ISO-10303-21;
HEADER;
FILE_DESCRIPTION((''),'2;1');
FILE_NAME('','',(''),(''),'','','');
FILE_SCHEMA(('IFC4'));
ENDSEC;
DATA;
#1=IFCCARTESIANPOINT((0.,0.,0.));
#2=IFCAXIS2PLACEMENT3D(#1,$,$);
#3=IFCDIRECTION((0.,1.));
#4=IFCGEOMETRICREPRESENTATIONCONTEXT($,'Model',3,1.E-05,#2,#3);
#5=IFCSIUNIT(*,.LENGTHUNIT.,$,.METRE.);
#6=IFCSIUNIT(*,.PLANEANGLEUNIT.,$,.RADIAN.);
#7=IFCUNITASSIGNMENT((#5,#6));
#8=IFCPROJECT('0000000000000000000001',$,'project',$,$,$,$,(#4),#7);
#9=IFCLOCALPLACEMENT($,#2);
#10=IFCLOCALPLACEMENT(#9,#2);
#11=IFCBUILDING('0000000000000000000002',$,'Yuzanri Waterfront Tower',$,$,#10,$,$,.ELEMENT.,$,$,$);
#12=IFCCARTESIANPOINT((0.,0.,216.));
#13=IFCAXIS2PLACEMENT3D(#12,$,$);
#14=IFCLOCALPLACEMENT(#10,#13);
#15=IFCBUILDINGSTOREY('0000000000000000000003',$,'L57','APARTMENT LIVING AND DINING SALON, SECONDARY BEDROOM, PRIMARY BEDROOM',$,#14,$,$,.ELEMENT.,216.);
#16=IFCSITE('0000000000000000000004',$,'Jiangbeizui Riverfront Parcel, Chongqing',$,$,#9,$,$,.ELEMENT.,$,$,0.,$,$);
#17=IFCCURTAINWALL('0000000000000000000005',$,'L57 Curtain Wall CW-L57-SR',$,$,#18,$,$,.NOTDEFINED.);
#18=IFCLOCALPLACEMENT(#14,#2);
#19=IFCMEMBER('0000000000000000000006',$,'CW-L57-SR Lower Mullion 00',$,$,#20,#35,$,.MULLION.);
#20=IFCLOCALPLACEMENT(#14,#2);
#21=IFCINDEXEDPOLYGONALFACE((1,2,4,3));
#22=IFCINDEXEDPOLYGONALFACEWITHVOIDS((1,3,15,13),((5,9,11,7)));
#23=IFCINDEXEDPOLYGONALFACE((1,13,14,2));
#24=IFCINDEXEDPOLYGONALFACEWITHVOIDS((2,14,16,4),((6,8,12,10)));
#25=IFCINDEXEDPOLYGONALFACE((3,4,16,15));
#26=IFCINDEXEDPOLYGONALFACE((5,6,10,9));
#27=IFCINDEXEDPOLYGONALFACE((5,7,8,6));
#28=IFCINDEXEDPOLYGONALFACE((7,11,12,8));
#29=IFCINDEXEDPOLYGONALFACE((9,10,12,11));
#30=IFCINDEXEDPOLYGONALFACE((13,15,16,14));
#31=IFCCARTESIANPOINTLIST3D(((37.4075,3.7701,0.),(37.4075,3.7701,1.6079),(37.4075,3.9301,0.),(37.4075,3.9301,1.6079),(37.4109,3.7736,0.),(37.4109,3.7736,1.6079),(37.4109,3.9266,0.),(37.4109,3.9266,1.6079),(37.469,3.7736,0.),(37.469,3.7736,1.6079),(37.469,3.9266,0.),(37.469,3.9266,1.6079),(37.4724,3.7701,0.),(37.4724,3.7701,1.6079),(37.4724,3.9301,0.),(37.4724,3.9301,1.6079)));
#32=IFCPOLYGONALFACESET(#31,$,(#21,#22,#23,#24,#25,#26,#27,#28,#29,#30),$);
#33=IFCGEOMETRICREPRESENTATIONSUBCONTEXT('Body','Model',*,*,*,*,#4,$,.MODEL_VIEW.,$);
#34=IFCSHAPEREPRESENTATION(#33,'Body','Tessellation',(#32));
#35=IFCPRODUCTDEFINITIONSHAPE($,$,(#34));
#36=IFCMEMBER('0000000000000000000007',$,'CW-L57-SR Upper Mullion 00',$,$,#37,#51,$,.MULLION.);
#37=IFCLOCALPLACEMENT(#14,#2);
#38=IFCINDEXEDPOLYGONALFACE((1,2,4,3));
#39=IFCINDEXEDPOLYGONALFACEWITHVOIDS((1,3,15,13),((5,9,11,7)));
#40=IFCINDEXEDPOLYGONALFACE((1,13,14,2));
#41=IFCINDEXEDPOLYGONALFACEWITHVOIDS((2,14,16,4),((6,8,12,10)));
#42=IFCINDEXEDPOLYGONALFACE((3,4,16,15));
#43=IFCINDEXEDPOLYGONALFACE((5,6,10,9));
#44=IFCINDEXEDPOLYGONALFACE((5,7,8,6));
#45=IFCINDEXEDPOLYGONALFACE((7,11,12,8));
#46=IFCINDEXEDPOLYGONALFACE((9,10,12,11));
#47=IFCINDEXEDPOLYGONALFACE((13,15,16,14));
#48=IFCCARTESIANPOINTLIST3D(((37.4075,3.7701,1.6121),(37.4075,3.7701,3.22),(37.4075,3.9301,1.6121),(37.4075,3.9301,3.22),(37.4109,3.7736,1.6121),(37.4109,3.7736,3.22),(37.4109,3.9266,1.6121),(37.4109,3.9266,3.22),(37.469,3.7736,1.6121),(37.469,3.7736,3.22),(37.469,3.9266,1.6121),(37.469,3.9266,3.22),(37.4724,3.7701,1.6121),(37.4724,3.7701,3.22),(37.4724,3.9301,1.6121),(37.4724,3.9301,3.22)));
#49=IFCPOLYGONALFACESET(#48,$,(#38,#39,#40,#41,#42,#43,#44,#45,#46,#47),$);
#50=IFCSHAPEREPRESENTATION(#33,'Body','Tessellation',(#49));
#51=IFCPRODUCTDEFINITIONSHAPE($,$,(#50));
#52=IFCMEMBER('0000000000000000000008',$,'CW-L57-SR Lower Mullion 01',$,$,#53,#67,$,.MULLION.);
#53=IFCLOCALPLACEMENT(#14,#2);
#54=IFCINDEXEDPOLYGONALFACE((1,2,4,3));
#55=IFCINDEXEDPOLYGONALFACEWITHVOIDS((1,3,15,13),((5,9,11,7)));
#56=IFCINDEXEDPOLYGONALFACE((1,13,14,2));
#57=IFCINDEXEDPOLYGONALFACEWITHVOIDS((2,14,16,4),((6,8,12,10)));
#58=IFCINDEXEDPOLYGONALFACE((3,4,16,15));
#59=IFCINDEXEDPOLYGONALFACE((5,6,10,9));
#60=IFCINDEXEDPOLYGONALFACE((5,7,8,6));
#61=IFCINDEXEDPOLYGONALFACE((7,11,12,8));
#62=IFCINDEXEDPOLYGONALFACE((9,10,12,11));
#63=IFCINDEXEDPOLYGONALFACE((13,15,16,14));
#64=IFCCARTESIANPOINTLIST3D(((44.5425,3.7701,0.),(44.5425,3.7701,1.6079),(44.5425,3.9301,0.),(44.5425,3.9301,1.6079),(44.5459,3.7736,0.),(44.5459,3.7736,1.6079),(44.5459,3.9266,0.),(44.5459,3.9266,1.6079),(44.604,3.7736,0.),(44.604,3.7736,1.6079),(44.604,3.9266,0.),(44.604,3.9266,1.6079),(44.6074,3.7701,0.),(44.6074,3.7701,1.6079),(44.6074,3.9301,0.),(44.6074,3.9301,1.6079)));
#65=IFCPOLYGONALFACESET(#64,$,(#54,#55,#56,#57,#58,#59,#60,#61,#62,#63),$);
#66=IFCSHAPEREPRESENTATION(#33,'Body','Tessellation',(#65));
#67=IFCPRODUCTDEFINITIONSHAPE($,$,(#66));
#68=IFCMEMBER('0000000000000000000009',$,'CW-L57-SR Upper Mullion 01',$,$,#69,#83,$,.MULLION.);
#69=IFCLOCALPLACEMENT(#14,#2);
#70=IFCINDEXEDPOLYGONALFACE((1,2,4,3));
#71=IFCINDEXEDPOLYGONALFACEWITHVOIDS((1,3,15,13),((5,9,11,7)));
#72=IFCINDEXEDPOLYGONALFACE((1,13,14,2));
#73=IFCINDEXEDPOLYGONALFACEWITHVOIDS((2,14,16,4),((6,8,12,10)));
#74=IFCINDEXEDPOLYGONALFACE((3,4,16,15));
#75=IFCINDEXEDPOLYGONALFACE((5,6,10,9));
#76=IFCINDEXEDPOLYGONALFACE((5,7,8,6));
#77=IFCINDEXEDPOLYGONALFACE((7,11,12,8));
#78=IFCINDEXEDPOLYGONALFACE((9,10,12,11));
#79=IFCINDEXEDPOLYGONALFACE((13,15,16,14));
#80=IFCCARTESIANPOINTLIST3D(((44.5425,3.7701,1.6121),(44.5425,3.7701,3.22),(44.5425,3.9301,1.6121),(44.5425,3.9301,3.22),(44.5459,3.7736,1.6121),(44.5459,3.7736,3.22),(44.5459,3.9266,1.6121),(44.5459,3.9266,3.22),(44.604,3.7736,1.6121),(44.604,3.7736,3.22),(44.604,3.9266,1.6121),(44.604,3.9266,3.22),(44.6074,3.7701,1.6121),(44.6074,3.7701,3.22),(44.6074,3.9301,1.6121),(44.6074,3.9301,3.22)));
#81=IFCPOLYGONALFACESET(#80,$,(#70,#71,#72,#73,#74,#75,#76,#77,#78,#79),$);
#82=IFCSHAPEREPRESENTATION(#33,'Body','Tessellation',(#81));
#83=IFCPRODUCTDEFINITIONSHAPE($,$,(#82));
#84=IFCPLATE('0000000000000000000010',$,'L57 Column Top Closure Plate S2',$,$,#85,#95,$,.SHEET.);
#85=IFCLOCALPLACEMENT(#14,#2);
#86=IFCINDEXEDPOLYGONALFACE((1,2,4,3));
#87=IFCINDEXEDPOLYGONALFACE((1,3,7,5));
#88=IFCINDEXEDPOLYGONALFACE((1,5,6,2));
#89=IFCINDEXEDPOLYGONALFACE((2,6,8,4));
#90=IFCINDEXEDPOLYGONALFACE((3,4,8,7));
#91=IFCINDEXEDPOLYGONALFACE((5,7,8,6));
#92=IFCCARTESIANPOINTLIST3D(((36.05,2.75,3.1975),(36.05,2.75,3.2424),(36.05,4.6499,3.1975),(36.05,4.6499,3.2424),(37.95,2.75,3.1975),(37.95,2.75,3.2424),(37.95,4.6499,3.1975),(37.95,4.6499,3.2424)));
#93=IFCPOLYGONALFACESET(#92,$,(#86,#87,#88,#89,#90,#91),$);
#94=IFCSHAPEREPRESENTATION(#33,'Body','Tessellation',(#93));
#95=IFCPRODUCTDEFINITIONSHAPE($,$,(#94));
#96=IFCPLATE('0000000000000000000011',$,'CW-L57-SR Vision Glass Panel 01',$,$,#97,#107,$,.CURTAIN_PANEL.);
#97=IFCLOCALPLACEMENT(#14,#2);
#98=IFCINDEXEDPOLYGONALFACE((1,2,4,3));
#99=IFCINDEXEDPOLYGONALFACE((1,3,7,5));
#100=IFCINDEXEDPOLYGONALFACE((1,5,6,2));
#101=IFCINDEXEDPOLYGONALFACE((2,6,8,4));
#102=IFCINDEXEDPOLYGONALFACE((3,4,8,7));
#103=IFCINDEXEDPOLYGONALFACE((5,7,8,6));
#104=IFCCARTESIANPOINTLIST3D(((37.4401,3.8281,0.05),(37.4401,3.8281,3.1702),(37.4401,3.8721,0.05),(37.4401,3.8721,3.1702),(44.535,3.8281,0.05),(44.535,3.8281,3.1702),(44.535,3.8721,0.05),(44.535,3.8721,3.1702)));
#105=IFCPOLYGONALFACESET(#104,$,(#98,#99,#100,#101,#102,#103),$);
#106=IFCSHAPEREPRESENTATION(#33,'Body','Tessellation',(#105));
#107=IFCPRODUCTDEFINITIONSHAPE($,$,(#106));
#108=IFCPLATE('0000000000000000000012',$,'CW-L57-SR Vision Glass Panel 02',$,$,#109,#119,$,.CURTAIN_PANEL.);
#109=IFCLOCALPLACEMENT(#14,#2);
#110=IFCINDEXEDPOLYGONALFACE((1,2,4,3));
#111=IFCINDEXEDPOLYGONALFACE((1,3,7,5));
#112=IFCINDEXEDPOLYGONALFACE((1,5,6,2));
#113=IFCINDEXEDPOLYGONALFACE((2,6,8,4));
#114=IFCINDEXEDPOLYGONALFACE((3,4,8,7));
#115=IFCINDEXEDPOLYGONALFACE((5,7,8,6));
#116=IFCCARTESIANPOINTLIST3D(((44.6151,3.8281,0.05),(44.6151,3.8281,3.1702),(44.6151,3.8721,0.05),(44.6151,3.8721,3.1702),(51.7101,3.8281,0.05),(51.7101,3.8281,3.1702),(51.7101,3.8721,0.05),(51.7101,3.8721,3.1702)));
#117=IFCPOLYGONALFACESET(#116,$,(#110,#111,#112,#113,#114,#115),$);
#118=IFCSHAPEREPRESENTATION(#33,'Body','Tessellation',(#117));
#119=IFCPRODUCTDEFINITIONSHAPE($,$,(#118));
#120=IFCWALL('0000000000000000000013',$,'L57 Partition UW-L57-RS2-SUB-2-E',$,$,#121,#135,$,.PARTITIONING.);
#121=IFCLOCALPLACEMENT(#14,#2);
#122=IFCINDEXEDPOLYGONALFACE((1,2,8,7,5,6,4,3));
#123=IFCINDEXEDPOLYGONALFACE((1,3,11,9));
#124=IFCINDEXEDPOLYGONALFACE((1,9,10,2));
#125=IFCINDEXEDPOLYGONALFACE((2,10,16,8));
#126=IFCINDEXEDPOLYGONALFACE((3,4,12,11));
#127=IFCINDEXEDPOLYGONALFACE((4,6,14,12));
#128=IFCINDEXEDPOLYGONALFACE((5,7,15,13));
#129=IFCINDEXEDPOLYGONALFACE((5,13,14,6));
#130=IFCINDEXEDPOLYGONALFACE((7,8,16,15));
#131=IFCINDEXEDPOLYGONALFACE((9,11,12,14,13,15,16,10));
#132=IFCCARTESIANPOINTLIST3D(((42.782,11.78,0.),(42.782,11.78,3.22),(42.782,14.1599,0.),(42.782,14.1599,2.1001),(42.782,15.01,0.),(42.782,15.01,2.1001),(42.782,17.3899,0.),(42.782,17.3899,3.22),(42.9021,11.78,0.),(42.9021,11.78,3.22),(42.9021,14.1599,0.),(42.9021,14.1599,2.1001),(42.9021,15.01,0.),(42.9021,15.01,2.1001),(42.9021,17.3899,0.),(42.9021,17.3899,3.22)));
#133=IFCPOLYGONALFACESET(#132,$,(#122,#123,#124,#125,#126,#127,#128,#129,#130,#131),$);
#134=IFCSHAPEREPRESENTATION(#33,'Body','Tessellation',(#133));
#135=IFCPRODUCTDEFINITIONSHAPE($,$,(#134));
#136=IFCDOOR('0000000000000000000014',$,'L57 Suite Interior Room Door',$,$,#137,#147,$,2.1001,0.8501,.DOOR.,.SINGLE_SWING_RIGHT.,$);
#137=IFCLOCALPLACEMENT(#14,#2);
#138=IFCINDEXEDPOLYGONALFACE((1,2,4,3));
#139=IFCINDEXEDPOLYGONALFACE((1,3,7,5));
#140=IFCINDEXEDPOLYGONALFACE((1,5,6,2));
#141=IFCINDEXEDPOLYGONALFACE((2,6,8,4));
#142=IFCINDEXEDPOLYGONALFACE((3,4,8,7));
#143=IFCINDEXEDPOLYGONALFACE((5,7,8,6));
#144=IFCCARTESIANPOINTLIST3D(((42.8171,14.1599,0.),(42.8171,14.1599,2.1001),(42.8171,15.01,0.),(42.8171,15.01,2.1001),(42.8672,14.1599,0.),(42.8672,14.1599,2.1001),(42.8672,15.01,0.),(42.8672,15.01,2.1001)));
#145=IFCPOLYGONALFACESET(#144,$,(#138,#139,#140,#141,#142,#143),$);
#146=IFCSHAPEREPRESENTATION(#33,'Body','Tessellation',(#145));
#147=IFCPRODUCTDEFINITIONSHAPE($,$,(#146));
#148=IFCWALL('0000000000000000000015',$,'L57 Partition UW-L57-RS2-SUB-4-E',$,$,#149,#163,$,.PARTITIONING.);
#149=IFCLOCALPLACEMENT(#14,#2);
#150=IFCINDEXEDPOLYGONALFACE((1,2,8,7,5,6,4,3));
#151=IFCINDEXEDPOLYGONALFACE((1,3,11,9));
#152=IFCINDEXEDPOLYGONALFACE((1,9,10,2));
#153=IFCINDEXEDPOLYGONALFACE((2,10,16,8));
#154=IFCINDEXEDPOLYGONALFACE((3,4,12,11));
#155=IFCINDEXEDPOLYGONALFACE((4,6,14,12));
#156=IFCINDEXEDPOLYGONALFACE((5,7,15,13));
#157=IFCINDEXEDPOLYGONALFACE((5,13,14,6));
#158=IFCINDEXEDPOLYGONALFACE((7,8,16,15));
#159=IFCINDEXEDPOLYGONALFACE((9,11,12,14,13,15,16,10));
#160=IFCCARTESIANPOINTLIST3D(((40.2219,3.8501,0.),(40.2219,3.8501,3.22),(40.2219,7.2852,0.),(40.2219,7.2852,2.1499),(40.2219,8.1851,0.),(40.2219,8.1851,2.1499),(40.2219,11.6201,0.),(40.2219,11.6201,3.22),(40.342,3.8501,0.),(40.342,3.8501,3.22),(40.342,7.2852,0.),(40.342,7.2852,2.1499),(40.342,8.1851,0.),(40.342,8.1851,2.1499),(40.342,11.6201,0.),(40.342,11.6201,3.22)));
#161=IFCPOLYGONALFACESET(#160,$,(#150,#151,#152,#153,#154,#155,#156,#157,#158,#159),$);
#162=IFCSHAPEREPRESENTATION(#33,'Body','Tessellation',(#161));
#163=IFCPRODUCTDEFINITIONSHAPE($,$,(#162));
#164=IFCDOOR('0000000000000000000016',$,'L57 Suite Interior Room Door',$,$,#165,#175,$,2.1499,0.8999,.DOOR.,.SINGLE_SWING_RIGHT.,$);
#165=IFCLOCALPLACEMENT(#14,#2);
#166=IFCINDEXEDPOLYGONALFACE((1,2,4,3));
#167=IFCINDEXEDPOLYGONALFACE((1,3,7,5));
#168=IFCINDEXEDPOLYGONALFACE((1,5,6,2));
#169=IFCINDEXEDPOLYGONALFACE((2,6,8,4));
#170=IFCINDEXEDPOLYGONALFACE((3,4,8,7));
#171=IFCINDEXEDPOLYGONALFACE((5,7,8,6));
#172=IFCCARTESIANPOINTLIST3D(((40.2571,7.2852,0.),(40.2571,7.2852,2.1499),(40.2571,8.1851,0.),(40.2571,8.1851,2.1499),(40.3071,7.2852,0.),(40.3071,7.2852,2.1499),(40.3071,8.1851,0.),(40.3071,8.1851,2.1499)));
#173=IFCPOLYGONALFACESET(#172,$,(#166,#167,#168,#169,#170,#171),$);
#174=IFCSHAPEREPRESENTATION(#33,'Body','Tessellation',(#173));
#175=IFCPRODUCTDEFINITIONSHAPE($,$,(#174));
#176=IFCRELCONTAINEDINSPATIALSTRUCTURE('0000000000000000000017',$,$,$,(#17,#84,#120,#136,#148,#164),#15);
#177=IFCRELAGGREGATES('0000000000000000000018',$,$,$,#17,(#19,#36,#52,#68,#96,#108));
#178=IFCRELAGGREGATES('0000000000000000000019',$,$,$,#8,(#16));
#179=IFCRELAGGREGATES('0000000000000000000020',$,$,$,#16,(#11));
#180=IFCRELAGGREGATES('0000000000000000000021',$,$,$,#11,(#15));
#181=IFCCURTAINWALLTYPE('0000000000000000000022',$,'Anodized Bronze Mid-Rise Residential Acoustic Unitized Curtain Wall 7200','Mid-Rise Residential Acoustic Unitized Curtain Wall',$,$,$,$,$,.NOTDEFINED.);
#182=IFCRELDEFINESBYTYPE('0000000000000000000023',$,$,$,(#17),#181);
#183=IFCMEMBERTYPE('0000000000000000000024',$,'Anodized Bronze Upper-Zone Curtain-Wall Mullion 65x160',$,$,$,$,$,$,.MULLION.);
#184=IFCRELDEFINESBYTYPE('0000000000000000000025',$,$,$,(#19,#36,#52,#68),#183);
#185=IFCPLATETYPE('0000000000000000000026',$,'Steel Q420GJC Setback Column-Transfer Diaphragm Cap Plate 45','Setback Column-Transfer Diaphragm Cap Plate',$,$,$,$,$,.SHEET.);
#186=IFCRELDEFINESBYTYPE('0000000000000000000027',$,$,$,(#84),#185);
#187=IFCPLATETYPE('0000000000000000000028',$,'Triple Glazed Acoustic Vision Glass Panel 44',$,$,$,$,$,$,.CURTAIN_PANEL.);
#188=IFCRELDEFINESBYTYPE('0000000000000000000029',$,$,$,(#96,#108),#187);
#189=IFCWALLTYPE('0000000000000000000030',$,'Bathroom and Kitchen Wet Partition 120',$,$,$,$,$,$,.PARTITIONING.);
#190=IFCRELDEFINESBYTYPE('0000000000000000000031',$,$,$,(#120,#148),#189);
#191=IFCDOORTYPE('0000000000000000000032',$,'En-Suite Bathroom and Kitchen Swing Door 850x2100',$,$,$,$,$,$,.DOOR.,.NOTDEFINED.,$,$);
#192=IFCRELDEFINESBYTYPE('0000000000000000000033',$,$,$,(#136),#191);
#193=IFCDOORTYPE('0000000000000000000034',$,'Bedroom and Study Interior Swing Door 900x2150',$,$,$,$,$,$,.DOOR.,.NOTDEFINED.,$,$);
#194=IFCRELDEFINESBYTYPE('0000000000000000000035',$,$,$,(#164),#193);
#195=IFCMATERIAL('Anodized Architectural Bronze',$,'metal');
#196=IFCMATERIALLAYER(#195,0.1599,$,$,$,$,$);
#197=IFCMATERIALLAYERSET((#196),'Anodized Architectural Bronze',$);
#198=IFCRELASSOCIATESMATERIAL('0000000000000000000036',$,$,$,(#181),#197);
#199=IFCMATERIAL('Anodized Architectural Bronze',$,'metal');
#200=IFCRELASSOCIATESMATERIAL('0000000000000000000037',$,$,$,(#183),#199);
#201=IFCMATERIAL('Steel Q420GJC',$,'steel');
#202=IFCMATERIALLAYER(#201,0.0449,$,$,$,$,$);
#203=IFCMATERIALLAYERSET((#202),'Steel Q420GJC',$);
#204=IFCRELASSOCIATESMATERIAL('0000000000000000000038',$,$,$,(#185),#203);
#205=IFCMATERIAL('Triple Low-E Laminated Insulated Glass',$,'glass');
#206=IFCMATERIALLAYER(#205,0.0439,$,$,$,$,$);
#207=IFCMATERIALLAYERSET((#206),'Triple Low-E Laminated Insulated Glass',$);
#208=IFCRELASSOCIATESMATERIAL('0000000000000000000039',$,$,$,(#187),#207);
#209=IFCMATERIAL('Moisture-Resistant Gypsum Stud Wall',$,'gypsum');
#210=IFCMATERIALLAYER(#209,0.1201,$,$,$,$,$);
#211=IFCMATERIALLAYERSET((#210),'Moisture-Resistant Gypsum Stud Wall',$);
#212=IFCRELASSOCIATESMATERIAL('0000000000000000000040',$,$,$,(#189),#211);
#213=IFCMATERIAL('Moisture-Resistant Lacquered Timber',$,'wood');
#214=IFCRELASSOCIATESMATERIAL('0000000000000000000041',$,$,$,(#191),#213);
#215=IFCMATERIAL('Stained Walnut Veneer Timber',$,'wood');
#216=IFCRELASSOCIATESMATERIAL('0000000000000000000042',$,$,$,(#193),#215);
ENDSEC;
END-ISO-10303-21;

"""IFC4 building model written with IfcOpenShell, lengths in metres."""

from ifc_helpers import new_model, si_unit, direction, frame, frame_2d, origin, origin_2d, place, context, subcontext, project, spatial, rectangle, hollow_rectangle, extrude, source, transform, mapped, material, layer, layer_set, material_profile, profile_set, type_object, element, fill, aggregate, save


model = new_model("IFC4")

# Units and contexts
model_context = context("Model", 3, precision=1e-05, world=origin(), true_north=direction((0.0, 1.0)))
body_context = subcontext(model_context, "Body", "Model", "MODEL_VIEW")
ifc_project = project(units=[si_unit("LENGTHUNIT", "METRE"), si_unit("PLANEANGLEUNIT", "RADIAN")], contexts=[model_context])

# Site, building, storey
site_placement = place(None, origin())
site = spatial("IfcSite", under=ifc_project, at=site_placement, Name="Jiangbeizui Riverfront Parcel, Chongqing", CompositionType="ELEMENT", RefElevation=0.0)
building_placement = place(site_placement, origin())
building = spatial("IfcBuilding", under=site, at=building_placement, Name="Yuzanri Waterfront Tower", CompositionType="ELEMENT")
storey_placement = place(building_placement, frame((0.0, 0.0, 216.0)))
storey = spatial("IfcBuildingStorey", under=building, at=storey_placement, Name="L57", Description="APARTMENT LIVING AND DINING SALON, SECONDARY BEDROOM, PRIMARY BEDROOM", CompositionType="ELEMENT", Elevation=216.0)

# Curtain wall, members
ifc_material_1 = material(Name="Anodized Architectural Bronze", Category="metal")
ifc_layer_1 = layer(ifc_material_1, 0.1599)
ifc_layer_set_1 = layer_set([ifc_layer_1], Name="Anodized Architectural Bronze")
curtain_wall_type = type_object("IfcCurtainWallType", Name="Anodized Bronze Mid-Rise Residential Acoustic Unitized Curtain Wall 7200", Description="Mid-Rise Residential Acoustic Unitized Curtain Wall", PredefinedType="NOTDEFINED", material=ifc_layer_set_1)
curtain_wall_placement = place(storey_placement, origin())
curtain_wall = element("IfcCurtainWall", 1, at=curtain_wall_placement, inside=storey, type_object=curtain_wall_type, Name="L57 Curtain Wall CW-L57-SR", PredefinedType="NOTDEFINED")
ifc_material_2 = material(Name="Anodized Architectural Bronze", Category="metal")
ifc_material_profile_1 = material_profile(ifc_material_2, hollow_rectangle(XDim=0.0649, YDim=0.1599, WallThickness=0.0034, at=origin_2d()), Name="CWM 65x160")
ifc_profile_set_1 = profile_set([ifc_material_profile_1], Name="Anodized Architectural Bronze")
member_type_1 = type_object("IfcMemberType", Name="Anodized Bronze Upper-Zone Curtain-Wall Mullion 65x160", PredefinedType="MULLION", material=ifc_profile_set_1)
shared_shape_1 = source(origin(), body_context, "Body", "SweptSolid", [
    extrude(hollow_rectangle(XDim=0.0649, YDim=0.1599, WallThickness=0.0034, at=origin_2d()), origin(), (0.0, 0.0, 1.0), 1.6079),
])
member_1_placement = place(storey_placement, frame((37.4399, 3.8501, 0.0), z_axis=(0.0, 0.0, 1.0), x_axis=(1.0, 0.0, 0.0)))
member_1 = element("IfcMember", 2, at=member_1_placement, type_object=member_type_1, Name="CW-L57-SR Lower Mullion 00", PredefinedType="MULLION", context=body_context, shape_type="MappedRepresentation", body=[
    mapped(shared_shape_1, transform((0.0, 0.0, 0.0), scale=1.0)),
])
member_2_placement = place(storey_placement, frame((37.4399, 3.8501, 1.6121), z_axis=(0.0, 0.0, 1.0), x_axis=(1.0, 0.0, 0.0)))
member_2 = element("IfcMember", 3, at=member_2_placement, type_object=member_type_1, Name="CW-L57-SR Upper Mullion 00", PredefinedType="MULLION", context=body_context, shape_type="MappedRepresentation", body=[
    mapped(shared_shape_1, transform((0.0, 0.0, 0.0), scale=1.0)),
])
member_3_placement = place(storey_placement, frame((44.575, 3.8501, 0.0), z_axis=(0.0, 0.0, 1.0), x_axis=(1.0, 0.0, 0.0)))
member_3 = element("IfcMember", 4, at=member_3_placement, type_object=member_type_1, Name="CW-L57-SR Lower Mullion 01", PredefinedType="MULLION", context=body_context, shape_type="MappedRepresentation", body=[
    mapped(shared_shape_1, transform((0.0, 0.0, 0.0), scale=1.0)),
])
member_4_placement = place(storey_placement, frame((44.575, 3.8501, 1.6121), z_axis=(0.0, 0.0, 1.0), x_axis=(1.0, 0.0, 0.0)))
member_4 = element("IfcMember", 5, at=member_4_placement, type_object=member_type_1, Name="CW-L57-SR Upper Mullion 01", PredefinedType="MULLION", context=body_context, shape_type="MappedRepresentation", body=[
    mapped(shared_shape_1, transform((0.0, 0.0, 0.0), scale=1.0)),
])

# Plates
ifc_material_3 = material(Name="Steel Q420GJC", Category="steel")
ifc_layer_2 = layer(ifc_material_3, 0.0449)
ifc_layer_set_2 = layer_set([ifc_layer_2], Name="Steel Q420GJC")
plate_type_1 = type_object("IfcPlateType", Name="Steel Q420GJC Setback Column-Transfer Diaphragm Cap Plate 45", Description="Setback Column-Transfer Diaphragm Cap Plate", PredefinedType="SHEET", material=ifc_layer_set_2)
shared_shape_2 = source(origin(), body_context, "Body", "SweptSolid", [
    extrude(rectangle(XDim=1.8999, YDim=1.8999, at=origin_2d()), origin(), (0.0, 0.0, 1.0), 0.0449),
])
plate_1_placement = place(storey_placement, frame((37.0, 3.7, 3.1975), z_axis=(0.0, 0.0, 1.0), x_axis=(1.0, 0.0, 0.0)))
element("IfcPlate", 6, at=plate_1_placement, inside=storey, type_object=plate_type_1, Name="L57 Column Top Closure Plate S2", PredefinedType="SHEET", context=body_context, shape_type="MappedRepresentation", body=[
    mapped(shared_shape_2, transform((0.0, 0.0, 0.0), scale=1.0)),
])
ifc_material_4 = material(Name="Triple Low-E Laminated Insulated Glass", Category="glass")
ifc_layer_3 = layer(ifc_material_4, 0.0439)
ifc_layer_set_3 = layer_set([ifc_layer_3], Name="Triple Low-E Laminated Insulated Glass")
plate_type_2 = type_object("IfcPlateType", Name="Triple Glazed Acoustic Vision Glass Panel 44", PredefinedType="CURTAIN_PANEL", material=ifc_layer_set_3)
shared_shape_3 = source(origin(), body_context, "Body", "SweptSolid", [
    extrude(rectangle(XDim=7.095, YDim=0.0439, at=origin_2d()), origin(), (0.0, 0.0, 1.0), 3.1201),
])
plate_2_placement = place(storey_placement, frame((40.9875, 3.8501, 0.05), z_axis=(0.0, 0.0, 1.0), x_axis=(1.0, 0.0, 0.0)))
plate_2 = element("IfcPlate", 7, at=plate_2_placement, type_object=plate_type_2, Name="CW-L57-SR Vision Glass Panel 01", PredefinedType="CURTAIN_PANEL", context=body_context, shape_type="MappedRepresentation", body=[
    mapped(shared_shape_3, transform((0.0, 0.0, 0.0), scale=1.0)),
])
plate_3_placement = place(storey_placement, frame((48.1626, 3.8501, 0.05), z_axis=(0.0, 0.0, 1.0), x_axis=(1.0, 0.0, 0.0)))
plate_3 = element("IfcPlate", 8, at=plate_3_placement, type_object=plate_type_2, Name="CW-L57-SR Vision Glass Panel 02", PredefinedType="CURTAIN_PANEL", context=body_context, shape_type="MappedRepresentation", body=[
    mapped(shared_shape_3, transform((0.0, 0.0, 0.0), scale=1.0)),
])
aggregate(curtain_wall, [member_1, member_2, member_3, member_4, plate_2, plate_3])

# Walls, openings, doors
ifc_material_5 = material(Name="Moisture-Resistant Gypsum Stud Wall", Category="gypsum")
ifc_layer_4 = layer(ifc_material_5, 0.1201)
ifc_layer_set_4 = layer_set([ifc_layer_4], Name="Moisture-Resistant Gypsum Stud Wall")
wall_type = type_object("IfcWallType", Name="Bathroom and Kitchen Wet Partition 120", PredefinedType="PARTITIONING", material=ifc_layer_set_4)
wall_1_placement = place(storey_placement, frame((42.842, 11.78, 0.0), z_axis=(0.0, 0.0, 1.0), x_axis=(0.0, 1.0, 0.0)))
wall_1 = element("IfcWall", 9, at=wall_1_placement, inside=storey, type_object=wall_type, Name="L57 Partition UW-L57-RS2-SUB-2-E", PredefinedType="PARTITIONING", context=body_context, shape_type="SweptSolid", body=[
    extrude(rectangle(XDim=5.6099, YDim=0.1201, at=frame_2d((2.8049, 0.0))), origin(), (0.0, 0.0, 1.0), 3.22),
])
opening_1_placement = place(wall_1_placement, frame((2.3799, 0.0, 0.0)))
opening_1 = element("IfcOpeningElement", 10, at=opening_1_placement, cuts=wall_1, PredefinedType="OPENING", context=body_context, shape_type="SweptSolid", body=[
    extrude(rectangle(XDim=0.8501, YDim=2.1001, at=frame_2d((0.425, 1.05))), frame((0.0, 0.075, 0.0), z_axis=(0.0, -1.0, 0.0), x_axis=(1.0, 0.0, 0.0)), (0.0, 0.0, 1.0), 0.1499),
])
ifc_material_6 = material(Name="Moisture-Resistant Lacquered Timber", Category="wood")
door_type_1 = type_object("IfcDoorType", Name="En-Suite Bathroom and Kitchen Swing Door 850x2100", OperationType="NOTDEFINED", PredefinedType="DOOR", material=ifc_material_6)
shared_shape_4 = source(origin(), body_context, "Body", "SweptSolid", [
    extrude(rectangle(XDim=0.8501, YDim=2.1001, at=frame_2d((0.425, 1.05))), frame((0.0, 0.0249, 0.0), z_axis=(0.0, -1.0, 0.0), x_axis=(1.0, 0.0, 0.0)), (0.0, 0.0, 1.0), 0.05),
])
door_1_placement = place(opening_1_placement, origin())
door_1 = element("IfcDoor", 11, at=door_1_placement, inside=storey, type_object=door_type_1, Name="L57 Suite Interior Room Door", OperationType="SINGLE_SWING_RIGHT", OverallHeight=2.1001, OverallWidth=0.8501, PredefinedType="DOOR", context=body_context, shape_type="MappedRepresentation", body=[
    mapped(shared_shape_4, transform((0.0, 0.0, 0.0), scale=1.0)),
])
fill(opening_1, door_1)
wall_2_placement = place(storey_placement, frame((40.282, 3.8501, 0.0), z_axis=(0.0, 0.0, 1.0), x_axis=(0.0, 1.0, 0.0)))
wall_2 = element("IfcWall", 12, at=wall_2_placement, inside=storey, type_object=wall_type, Name="L57 Partition UW-L57-RS2-SUB-4-E", PredefinedType="PARTITIONING", context=body_context, shape_type="SweptSolid", body=[
    extrude(rectangle(XDim=7.77, YDim=0.1201, at=frame_2d((3.885, 0.0))), origin(), (0.0, 0.0, 1.0), 3.22),
])
opening_2_placement = place(wall_2_placement, frame((3.4351, 0.0, 0.0)))
opening_2 = element("IfcOpeningElement", 13, at=opening_2_placement, cuts=wall_2, PredefinedType="OPENING", context=body_context, shape_type="SweptSolid", body=[
    extrude(rectangle(XDim=0.8999, YDim=2.1499, at=frame_2d((0.45, 1.075))), frame((0.0, 0.075, 0.0), z_axis=(0.0, -1.0, 0.0), x_axis=(1.0, 0.0, 0.0)), (0.0, 0.0, 1.0), 0.1499),
])
ifc_material_7 = material(Name="Stained Walnut Veneer Timber", Category="wood")
door_type_2 = type_object("IfcDoorType", Name="Bedroom and Study Interior Swing Door 900x2150", OperationType="NOTDEFINED", PredefinedType="DOOR", material=ifc_material_7)
shared_shape_5 = source(origin(), body_context, "Body", "SweptSolid", [
    extrude(rectangle(XDim=0.8999, YDim=2.1499, at=frame_2d((0.45, 1.075))), frame((0.0, 0.0249, 0.0), z_axis=(0.0, -1.0, 0.0), x_axis=(1.0, 0.0, 0.0)), (0.0, 0.0, 1.0), 0.05),
])
door_2_placement = place(opening_2_placement, origin())
door_2 = element("IfcDoor", 14, at=door_2_placement, inside=storey, type_object=door_type_2, Name="L57 Suite Interior Room Door", OperationType="SINGLE_SWING_RIGHT", OverallHeight=2.1499, OverallWidth=0.8999, PredefinedType="DOOR", context=body_context, shape_type="MappedRepresentation", body=[
    mapped(shared_shape_5, transform((0.0, 0.0, 0.0), scale=1.0)),
])
fill(opening_2, door_2)

save(model, "model.ifc")
